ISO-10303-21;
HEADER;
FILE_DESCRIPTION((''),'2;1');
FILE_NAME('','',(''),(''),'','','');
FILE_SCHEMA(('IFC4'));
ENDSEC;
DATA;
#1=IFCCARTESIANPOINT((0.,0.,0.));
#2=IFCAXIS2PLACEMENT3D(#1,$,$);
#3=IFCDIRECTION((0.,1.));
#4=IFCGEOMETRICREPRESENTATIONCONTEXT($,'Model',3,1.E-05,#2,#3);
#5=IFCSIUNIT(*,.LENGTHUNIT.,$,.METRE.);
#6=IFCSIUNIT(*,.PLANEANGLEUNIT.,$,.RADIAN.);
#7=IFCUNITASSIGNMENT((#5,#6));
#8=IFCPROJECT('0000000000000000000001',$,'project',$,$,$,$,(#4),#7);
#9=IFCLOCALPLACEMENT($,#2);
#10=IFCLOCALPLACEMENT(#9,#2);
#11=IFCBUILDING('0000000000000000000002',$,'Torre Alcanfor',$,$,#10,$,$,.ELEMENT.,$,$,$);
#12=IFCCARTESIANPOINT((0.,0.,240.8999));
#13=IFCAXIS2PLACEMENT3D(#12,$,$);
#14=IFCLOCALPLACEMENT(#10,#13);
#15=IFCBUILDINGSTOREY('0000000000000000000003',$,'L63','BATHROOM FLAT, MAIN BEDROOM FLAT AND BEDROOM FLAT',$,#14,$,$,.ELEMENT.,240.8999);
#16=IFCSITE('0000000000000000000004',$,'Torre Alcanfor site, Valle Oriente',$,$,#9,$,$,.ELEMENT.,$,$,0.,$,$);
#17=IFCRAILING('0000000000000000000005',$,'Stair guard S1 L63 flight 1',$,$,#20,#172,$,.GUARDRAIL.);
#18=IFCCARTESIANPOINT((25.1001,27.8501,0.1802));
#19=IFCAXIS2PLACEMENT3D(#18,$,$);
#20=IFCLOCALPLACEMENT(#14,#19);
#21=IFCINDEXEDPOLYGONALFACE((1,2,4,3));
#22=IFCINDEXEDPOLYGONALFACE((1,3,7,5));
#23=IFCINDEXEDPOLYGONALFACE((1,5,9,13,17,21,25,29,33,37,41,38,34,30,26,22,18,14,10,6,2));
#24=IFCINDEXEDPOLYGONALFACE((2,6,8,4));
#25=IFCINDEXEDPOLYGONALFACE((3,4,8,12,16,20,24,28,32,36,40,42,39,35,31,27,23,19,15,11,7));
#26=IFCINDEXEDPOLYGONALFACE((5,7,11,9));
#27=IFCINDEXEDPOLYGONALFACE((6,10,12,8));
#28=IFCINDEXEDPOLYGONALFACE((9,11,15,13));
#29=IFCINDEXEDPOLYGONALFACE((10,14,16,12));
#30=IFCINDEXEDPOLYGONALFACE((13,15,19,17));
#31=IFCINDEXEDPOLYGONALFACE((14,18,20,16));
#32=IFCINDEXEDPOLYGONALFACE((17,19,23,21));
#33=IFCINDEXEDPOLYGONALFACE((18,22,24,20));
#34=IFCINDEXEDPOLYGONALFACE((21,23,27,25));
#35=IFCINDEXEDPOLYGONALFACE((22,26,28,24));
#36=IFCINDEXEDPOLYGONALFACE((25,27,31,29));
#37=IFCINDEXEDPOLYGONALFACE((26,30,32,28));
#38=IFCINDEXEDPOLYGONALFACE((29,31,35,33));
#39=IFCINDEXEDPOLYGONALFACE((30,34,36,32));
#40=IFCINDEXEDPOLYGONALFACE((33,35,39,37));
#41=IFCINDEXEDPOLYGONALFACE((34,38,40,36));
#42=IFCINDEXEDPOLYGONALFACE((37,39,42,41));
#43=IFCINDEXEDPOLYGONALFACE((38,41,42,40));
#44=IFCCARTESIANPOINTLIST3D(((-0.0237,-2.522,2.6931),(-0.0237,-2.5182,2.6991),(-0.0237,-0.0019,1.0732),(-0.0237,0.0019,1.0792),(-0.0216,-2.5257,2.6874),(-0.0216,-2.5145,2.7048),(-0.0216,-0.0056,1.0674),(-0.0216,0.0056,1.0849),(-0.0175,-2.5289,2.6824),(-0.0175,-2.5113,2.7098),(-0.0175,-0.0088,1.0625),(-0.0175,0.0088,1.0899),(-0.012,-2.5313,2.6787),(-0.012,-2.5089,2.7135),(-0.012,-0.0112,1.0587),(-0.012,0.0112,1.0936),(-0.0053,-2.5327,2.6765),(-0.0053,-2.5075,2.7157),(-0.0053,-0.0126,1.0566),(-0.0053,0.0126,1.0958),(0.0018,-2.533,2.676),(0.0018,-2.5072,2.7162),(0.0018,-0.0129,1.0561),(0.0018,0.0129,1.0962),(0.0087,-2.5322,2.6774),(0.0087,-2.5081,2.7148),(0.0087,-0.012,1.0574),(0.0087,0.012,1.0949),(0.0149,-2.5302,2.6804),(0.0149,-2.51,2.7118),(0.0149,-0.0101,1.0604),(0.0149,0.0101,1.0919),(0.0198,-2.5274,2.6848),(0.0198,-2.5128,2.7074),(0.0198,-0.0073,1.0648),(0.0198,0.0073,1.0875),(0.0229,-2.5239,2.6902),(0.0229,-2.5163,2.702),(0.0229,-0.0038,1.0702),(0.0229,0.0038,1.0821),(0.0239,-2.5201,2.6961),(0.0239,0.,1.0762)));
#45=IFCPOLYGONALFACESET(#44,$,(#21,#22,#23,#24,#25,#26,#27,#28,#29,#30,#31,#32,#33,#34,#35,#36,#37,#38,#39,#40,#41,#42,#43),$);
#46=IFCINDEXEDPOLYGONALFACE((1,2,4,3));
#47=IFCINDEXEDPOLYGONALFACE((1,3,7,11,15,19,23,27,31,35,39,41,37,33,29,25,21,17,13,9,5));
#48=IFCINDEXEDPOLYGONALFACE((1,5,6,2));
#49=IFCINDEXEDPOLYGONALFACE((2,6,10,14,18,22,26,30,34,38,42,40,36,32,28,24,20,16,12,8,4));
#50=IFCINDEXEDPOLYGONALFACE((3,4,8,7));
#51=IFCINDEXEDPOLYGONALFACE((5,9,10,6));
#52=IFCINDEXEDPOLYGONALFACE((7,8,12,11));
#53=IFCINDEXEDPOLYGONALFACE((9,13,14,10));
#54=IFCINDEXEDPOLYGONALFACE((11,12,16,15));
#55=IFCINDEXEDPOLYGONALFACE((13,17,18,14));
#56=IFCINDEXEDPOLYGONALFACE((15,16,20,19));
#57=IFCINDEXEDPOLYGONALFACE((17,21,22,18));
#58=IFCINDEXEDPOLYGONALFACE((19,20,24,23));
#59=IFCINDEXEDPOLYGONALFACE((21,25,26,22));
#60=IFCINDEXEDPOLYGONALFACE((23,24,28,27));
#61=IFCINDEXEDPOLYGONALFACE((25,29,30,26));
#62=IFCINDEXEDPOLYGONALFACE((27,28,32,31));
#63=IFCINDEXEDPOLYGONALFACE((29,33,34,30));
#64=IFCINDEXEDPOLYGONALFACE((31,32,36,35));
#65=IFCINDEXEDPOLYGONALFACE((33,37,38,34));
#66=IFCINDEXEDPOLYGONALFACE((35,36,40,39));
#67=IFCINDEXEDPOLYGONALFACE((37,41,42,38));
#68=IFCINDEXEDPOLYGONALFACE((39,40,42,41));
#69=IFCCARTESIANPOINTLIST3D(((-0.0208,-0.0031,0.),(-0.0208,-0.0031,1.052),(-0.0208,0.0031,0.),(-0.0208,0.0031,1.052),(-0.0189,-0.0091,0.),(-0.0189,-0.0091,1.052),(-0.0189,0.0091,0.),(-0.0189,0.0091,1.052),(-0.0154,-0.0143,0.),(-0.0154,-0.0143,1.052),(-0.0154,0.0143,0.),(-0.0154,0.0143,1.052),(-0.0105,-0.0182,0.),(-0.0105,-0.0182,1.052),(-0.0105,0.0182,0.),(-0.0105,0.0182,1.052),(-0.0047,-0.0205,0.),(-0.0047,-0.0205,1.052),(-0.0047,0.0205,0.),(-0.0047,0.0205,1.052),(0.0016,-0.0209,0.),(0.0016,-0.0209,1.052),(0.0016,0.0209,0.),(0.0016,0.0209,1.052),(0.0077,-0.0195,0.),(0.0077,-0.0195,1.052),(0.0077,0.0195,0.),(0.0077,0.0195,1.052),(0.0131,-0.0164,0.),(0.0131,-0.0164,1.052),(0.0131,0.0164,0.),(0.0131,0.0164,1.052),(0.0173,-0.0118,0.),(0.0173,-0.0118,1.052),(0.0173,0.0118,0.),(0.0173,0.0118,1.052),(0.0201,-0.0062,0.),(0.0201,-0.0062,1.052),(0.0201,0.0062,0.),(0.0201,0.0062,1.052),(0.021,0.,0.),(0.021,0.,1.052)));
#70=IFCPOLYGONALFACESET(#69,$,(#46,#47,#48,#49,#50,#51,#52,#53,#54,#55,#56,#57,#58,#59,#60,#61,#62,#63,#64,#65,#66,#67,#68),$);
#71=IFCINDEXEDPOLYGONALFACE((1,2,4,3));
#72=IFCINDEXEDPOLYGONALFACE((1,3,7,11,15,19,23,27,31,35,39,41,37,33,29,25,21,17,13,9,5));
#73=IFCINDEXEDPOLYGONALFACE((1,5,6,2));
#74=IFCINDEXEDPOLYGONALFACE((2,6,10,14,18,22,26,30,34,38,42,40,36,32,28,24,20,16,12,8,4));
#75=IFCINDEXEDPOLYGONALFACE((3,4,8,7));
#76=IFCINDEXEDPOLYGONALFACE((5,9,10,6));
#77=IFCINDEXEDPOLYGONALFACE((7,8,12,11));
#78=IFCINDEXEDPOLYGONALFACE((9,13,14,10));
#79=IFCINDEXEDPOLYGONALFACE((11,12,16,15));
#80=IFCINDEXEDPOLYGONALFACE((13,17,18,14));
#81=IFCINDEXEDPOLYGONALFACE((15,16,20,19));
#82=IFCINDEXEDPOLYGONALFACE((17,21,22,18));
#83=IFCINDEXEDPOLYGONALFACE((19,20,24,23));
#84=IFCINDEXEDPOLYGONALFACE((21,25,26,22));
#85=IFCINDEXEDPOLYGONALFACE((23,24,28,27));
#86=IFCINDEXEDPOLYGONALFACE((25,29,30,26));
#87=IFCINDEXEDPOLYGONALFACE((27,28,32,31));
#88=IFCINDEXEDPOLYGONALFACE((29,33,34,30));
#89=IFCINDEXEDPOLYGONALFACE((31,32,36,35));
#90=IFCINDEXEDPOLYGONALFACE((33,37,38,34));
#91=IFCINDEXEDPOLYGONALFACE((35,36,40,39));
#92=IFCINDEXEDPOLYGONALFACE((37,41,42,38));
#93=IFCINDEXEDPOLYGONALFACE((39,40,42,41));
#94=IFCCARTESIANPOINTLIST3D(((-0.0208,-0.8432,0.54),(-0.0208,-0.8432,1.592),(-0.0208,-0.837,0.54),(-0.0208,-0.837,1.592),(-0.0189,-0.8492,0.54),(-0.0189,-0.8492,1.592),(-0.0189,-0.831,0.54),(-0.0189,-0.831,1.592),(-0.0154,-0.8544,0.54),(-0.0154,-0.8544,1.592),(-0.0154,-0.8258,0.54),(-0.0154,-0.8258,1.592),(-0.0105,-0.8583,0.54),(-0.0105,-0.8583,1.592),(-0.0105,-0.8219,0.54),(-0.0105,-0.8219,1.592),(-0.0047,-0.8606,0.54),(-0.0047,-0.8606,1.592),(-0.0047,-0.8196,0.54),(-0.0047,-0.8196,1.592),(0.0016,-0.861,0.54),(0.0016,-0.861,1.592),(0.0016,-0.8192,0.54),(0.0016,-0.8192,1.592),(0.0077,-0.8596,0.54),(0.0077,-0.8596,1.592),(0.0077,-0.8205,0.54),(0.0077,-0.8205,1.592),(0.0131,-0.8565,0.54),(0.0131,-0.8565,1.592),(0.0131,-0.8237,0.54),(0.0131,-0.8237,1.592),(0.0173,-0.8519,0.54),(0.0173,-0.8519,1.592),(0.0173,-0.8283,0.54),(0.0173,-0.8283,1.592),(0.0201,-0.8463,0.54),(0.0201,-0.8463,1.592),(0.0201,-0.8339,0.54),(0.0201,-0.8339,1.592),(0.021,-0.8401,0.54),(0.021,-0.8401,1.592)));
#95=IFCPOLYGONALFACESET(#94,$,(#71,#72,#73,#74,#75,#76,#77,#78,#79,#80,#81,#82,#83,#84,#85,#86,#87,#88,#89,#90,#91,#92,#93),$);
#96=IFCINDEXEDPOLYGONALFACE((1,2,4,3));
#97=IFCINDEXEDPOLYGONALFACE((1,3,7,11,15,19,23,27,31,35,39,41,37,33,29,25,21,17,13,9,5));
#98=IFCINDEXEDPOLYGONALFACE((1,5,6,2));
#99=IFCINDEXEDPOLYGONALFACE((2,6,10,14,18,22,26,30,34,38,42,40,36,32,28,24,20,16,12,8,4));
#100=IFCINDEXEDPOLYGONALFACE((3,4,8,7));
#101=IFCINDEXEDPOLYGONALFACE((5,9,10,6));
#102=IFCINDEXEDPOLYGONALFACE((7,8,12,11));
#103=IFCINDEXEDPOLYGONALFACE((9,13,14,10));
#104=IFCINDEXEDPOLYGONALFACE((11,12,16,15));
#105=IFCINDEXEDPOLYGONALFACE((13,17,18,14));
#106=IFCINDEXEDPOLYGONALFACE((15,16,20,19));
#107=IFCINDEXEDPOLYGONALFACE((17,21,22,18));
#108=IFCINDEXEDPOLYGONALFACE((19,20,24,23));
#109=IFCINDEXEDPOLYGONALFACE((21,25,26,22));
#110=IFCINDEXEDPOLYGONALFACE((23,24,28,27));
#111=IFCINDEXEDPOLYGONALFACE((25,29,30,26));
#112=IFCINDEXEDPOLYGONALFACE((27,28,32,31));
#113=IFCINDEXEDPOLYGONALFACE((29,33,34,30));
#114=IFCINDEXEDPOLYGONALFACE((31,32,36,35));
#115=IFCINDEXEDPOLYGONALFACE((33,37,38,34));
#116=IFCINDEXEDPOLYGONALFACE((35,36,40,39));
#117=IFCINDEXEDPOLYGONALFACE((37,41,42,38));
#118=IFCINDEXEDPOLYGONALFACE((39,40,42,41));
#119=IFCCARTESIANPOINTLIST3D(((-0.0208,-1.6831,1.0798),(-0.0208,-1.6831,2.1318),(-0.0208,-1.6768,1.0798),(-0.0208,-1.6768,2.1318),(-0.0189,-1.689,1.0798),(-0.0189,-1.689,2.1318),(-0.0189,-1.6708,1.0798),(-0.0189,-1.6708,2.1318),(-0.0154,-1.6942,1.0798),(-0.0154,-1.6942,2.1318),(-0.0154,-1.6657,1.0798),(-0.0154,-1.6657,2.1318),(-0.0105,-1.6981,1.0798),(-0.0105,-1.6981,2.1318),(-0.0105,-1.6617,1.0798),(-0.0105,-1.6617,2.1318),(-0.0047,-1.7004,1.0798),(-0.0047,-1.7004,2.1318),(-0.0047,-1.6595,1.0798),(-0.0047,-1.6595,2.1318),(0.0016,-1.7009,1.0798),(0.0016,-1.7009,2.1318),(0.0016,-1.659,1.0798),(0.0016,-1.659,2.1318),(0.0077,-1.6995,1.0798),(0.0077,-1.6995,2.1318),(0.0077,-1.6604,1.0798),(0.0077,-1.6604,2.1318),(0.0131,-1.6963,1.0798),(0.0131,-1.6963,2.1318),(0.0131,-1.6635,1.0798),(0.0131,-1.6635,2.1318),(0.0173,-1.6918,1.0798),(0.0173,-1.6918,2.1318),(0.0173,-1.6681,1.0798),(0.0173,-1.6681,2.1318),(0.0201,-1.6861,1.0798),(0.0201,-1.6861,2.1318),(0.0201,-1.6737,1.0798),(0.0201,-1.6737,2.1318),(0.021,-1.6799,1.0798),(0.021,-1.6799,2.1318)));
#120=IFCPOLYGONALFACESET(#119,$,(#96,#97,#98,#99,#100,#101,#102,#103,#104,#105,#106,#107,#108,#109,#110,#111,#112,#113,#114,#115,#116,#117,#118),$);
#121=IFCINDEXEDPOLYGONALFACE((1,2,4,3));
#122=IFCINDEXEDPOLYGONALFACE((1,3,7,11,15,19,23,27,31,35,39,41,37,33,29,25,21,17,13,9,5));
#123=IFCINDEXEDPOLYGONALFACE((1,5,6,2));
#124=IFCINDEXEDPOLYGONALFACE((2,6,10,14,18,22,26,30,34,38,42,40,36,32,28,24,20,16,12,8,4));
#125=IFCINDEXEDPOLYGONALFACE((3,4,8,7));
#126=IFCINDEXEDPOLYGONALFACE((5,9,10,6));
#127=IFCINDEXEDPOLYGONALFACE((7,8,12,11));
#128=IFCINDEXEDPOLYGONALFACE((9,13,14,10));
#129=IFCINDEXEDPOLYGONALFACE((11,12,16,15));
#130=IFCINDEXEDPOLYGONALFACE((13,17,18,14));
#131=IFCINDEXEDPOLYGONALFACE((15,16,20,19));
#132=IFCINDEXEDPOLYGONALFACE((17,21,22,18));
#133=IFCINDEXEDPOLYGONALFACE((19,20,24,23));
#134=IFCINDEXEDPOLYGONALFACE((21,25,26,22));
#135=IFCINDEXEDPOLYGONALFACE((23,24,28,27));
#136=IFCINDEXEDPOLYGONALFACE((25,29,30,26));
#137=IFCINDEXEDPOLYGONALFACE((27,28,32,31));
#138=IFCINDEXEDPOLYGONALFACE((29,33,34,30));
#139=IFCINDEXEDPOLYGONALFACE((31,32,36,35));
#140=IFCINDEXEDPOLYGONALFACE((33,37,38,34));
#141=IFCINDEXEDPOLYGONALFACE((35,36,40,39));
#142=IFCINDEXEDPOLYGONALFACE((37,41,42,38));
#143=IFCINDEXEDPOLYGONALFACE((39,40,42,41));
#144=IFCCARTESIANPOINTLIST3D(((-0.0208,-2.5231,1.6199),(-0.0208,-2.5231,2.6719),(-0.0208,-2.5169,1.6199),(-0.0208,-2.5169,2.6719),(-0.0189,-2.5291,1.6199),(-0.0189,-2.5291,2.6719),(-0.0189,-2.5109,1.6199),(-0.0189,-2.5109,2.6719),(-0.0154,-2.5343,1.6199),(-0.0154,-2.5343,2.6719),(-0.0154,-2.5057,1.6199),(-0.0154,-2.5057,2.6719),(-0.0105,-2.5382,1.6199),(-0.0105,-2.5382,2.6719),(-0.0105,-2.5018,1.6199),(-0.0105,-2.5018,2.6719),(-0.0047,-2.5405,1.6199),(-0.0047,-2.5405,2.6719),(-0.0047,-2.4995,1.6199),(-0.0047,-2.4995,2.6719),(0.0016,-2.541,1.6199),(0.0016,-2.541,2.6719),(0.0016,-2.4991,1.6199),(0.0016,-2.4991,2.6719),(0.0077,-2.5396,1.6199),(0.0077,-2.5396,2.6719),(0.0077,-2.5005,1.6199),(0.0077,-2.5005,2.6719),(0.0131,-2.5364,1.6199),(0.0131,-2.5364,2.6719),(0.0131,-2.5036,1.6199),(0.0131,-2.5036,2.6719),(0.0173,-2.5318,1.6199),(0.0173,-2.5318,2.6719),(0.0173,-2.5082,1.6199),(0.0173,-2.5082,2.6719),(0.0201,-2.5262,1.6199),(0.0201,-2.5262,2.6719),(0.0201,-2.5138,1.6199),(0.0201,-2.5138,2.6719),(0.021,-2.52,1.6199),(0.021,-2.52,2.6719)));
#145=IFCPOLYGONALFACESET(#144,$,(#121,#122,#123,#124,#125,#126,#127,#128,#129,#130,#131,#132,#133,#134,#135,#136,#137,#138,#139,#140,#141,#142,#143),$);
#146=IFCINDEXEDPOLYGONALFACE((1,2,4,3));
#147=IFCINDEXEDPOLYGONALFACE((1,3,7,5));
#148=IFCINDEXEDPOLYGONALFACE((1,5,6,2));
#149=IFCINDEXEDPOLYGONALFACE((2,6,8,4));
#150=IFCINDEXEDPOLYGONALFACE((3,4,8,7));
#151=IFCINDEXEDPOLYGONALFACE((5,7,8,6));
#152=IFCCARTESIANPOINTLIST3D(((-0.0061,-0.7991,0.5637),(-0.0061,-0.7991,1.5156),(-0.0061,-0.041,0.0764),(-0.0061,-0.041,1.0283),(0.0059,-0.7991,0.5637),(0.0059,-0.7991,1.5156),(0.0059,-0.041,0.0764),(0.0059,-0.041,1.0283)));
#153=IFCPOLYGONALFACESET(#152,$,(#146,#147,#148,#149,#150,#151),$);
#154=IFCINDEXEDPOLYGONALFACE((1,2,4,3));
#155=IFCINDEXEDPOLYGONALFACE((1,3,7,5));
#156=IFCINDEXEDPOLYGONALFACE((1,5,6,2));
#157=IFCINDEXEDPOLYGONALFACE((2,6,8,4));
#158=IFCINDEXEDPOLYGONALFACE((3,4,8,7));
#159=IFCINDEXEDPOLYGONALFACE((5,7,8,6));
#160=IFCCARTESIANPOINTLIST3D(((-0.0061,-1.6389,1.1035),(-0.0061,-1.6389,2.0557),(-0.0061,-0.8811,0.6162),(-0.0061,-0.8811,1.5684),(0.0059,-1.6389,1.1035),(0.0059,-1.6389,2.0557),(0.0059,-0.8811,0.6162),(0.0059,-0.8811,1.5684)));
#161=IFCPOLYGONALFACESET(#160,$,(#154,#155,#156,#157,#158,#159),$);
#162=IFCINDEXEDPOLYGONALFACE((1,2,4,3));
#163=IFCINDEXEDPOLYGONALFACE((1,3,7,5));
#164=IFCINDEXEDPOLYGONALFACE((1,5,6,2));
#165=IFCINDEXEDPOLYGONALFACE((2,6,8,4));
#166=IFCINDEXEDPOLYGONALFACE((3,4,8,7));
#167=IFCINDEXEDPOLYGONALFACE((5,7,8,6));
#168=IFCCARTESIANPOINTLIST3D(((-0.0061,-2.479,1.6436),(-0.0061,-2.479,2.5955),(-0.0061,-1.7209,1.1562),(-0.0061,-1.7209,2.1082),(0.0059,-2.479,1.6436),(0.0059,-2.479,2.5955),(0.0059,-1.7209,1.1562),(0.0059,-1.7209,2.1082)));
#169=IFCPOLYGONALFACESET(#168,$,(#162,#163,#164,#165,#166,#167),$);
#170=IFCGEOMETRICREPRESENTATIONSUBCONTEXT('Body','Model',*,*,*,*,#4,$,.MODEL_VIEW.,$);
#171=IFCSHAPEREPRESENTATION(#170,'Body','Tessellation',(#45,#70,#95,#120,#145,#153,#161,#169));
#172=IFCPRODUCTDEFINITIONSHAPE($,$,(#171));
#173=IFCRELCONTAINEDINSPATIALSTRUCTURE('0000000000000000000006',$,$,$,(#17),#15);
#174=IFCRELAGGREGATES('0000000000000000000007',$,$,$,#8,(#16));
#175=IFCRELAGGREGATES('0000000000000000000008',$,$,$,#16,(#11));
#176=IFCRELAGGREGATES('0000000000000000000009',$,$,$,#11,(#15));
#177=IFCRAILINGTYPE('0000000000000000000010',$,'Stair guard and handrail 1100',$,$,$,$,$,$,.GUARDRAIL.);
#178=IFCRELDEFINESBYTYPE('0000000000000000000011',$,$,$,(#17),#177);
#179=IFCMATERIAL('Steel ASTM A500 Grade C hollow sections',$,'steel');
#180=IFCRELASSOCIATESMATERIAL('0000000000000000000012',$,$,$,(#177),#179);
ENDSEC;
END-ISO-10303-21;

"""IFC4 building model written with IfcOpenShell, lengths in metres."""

from ifc_helpers import new_model, si_unit, direction, frame, origin, origin_2d, place, context, subcontext, project, spatial, polyline, circle, outline, extrude, material, type_object, element, save


model = new_model("IFC4")

# Units and contexts
model_context = context("Model", 3, precision=1e-05, world=origin(), true_north=direction((0.0, 1.0)))
body_context = subcontext(model_context, "Body", "Model", "MODEL_VIEW")
ifc_project = project(units=[si_unit("LENGTHUNIT", "METRE"), si_unit("PLANEANGLEUNIT", "RADIAN")], contexts=[model_context])

# Site, building, storey
site_placement = place(None, origin())
site = spatial("IfcSite", under=ifc_project, at=site_placement, Name="Torre Alcanfor site, Valle Oriente", CompositionType="ELEMENT", RefElevation=0.0)
building_placement = place(site_placement, origin())
building = spatial("IfcBuilding", under=site, at=building_placement, Name="Torre Alcanfor", CompositionType="ELEMENT")
storey_placement = place(building_placement, frame((0.0, 0.0, 240.8999)))
storey = spatial("IfcBuildingStorey", under=building, at=storey_placement, Name="L63", Description="BATHROOM FLAT, MAIN BEDROOM FLAT AND BEDROOM FLAT", CompositionType="ELEMENT", Elevation=240.8999)

# Railing
ifc_material_1 = material(Name="Steel ASTM A500 Grade C hollow sections", Category="steel")
railing_type = type_object("IfcRailingType", Name="Stair guard and handrail 1100", PredefinedType="GUARDRAIL", material=ifc_material_1)
railing_1_placement = place(storey_placement, frame((25.1001, 27.8501, 0.1802)))
element("IfcRailing", 1, at=railing_1_placement, inside=storey, type_object=railing_type, Name="Stair guard S1 L63 flight 1", PredefinedType="GUARDRAIL", context=body_context, shape_type="SweptSolid", body=[
    extrude(circle(Radius=0.0239, at=origin_2d()), frame((0.0, 0.0, 1.0762), z_axis=(0.0, -0.8412, 0.540725), x_axis=(1.0, 0.0, 0.0)), (0.0, 0.0, 1.0), 2.9958),
    extrude(circle(Radius=0.021, at=origin_2d()), origin(), (0.0, 0.0, 1.0), 1.052),
    extrude(circle(Radius=0.021, at=origin_2d()), frame((0.0, -0.8401, 0.54)), (0.0, 0.0, 1.0), 1.052),
    extrude(circle(Radius=0.021, at=origin_2d()), frame((0.0, -1.6799, 1.0798)), (0.0, 0.0, 1.0), 1.052),
    extrude(circle(Radius=0.021, at=origin_2d()), frame((0.0, -2.52, 1.6199)), (0.0, 0.0, 1.0), 1.052),
    extrude(outline(polyline([(0.041, 0.0764), (0.7991, 0.5637), (0.7991, 1.5156), (0.041, 1.0283), (0.041, 0.0764)])), frame((0.0059, 0.0, 0.0), z_axis=(-1.0, 0.0, 0.0), x_axis=(0.0, -1.0, 0.0)), (0.0, 0.0, 1.0), 0.012),
    extrude(outline(polyline([(0.8811, 0.6162), (1.6389, 1.1035), (1.6389, 2.0557), (0.8811, 1.5684), (0.8811, 0.6162)])), frame((0.0059, 0.0, 0.0), z_axis=(-1.0, 0.0, 0.0), x_axis=(0.0, -1.0, 0.0)), (0.0, 0.0, 1.0), 0.012),
    extrude(outline(polyline([(1.7209, 1.1562), (2.479, 1.6436), (2.479, 2.5955), (1.7209, 2.1082), (1.7209, 1.1562)])), frame((0.0059, 0.0, 0.0), z_axis=(-1.0, 0.0, 0.0), x_axis=(0.0, -1.0, 0.0)), (0.0, 0.0, 1.0), 0.012),
])

save(model, "model.ifc")
